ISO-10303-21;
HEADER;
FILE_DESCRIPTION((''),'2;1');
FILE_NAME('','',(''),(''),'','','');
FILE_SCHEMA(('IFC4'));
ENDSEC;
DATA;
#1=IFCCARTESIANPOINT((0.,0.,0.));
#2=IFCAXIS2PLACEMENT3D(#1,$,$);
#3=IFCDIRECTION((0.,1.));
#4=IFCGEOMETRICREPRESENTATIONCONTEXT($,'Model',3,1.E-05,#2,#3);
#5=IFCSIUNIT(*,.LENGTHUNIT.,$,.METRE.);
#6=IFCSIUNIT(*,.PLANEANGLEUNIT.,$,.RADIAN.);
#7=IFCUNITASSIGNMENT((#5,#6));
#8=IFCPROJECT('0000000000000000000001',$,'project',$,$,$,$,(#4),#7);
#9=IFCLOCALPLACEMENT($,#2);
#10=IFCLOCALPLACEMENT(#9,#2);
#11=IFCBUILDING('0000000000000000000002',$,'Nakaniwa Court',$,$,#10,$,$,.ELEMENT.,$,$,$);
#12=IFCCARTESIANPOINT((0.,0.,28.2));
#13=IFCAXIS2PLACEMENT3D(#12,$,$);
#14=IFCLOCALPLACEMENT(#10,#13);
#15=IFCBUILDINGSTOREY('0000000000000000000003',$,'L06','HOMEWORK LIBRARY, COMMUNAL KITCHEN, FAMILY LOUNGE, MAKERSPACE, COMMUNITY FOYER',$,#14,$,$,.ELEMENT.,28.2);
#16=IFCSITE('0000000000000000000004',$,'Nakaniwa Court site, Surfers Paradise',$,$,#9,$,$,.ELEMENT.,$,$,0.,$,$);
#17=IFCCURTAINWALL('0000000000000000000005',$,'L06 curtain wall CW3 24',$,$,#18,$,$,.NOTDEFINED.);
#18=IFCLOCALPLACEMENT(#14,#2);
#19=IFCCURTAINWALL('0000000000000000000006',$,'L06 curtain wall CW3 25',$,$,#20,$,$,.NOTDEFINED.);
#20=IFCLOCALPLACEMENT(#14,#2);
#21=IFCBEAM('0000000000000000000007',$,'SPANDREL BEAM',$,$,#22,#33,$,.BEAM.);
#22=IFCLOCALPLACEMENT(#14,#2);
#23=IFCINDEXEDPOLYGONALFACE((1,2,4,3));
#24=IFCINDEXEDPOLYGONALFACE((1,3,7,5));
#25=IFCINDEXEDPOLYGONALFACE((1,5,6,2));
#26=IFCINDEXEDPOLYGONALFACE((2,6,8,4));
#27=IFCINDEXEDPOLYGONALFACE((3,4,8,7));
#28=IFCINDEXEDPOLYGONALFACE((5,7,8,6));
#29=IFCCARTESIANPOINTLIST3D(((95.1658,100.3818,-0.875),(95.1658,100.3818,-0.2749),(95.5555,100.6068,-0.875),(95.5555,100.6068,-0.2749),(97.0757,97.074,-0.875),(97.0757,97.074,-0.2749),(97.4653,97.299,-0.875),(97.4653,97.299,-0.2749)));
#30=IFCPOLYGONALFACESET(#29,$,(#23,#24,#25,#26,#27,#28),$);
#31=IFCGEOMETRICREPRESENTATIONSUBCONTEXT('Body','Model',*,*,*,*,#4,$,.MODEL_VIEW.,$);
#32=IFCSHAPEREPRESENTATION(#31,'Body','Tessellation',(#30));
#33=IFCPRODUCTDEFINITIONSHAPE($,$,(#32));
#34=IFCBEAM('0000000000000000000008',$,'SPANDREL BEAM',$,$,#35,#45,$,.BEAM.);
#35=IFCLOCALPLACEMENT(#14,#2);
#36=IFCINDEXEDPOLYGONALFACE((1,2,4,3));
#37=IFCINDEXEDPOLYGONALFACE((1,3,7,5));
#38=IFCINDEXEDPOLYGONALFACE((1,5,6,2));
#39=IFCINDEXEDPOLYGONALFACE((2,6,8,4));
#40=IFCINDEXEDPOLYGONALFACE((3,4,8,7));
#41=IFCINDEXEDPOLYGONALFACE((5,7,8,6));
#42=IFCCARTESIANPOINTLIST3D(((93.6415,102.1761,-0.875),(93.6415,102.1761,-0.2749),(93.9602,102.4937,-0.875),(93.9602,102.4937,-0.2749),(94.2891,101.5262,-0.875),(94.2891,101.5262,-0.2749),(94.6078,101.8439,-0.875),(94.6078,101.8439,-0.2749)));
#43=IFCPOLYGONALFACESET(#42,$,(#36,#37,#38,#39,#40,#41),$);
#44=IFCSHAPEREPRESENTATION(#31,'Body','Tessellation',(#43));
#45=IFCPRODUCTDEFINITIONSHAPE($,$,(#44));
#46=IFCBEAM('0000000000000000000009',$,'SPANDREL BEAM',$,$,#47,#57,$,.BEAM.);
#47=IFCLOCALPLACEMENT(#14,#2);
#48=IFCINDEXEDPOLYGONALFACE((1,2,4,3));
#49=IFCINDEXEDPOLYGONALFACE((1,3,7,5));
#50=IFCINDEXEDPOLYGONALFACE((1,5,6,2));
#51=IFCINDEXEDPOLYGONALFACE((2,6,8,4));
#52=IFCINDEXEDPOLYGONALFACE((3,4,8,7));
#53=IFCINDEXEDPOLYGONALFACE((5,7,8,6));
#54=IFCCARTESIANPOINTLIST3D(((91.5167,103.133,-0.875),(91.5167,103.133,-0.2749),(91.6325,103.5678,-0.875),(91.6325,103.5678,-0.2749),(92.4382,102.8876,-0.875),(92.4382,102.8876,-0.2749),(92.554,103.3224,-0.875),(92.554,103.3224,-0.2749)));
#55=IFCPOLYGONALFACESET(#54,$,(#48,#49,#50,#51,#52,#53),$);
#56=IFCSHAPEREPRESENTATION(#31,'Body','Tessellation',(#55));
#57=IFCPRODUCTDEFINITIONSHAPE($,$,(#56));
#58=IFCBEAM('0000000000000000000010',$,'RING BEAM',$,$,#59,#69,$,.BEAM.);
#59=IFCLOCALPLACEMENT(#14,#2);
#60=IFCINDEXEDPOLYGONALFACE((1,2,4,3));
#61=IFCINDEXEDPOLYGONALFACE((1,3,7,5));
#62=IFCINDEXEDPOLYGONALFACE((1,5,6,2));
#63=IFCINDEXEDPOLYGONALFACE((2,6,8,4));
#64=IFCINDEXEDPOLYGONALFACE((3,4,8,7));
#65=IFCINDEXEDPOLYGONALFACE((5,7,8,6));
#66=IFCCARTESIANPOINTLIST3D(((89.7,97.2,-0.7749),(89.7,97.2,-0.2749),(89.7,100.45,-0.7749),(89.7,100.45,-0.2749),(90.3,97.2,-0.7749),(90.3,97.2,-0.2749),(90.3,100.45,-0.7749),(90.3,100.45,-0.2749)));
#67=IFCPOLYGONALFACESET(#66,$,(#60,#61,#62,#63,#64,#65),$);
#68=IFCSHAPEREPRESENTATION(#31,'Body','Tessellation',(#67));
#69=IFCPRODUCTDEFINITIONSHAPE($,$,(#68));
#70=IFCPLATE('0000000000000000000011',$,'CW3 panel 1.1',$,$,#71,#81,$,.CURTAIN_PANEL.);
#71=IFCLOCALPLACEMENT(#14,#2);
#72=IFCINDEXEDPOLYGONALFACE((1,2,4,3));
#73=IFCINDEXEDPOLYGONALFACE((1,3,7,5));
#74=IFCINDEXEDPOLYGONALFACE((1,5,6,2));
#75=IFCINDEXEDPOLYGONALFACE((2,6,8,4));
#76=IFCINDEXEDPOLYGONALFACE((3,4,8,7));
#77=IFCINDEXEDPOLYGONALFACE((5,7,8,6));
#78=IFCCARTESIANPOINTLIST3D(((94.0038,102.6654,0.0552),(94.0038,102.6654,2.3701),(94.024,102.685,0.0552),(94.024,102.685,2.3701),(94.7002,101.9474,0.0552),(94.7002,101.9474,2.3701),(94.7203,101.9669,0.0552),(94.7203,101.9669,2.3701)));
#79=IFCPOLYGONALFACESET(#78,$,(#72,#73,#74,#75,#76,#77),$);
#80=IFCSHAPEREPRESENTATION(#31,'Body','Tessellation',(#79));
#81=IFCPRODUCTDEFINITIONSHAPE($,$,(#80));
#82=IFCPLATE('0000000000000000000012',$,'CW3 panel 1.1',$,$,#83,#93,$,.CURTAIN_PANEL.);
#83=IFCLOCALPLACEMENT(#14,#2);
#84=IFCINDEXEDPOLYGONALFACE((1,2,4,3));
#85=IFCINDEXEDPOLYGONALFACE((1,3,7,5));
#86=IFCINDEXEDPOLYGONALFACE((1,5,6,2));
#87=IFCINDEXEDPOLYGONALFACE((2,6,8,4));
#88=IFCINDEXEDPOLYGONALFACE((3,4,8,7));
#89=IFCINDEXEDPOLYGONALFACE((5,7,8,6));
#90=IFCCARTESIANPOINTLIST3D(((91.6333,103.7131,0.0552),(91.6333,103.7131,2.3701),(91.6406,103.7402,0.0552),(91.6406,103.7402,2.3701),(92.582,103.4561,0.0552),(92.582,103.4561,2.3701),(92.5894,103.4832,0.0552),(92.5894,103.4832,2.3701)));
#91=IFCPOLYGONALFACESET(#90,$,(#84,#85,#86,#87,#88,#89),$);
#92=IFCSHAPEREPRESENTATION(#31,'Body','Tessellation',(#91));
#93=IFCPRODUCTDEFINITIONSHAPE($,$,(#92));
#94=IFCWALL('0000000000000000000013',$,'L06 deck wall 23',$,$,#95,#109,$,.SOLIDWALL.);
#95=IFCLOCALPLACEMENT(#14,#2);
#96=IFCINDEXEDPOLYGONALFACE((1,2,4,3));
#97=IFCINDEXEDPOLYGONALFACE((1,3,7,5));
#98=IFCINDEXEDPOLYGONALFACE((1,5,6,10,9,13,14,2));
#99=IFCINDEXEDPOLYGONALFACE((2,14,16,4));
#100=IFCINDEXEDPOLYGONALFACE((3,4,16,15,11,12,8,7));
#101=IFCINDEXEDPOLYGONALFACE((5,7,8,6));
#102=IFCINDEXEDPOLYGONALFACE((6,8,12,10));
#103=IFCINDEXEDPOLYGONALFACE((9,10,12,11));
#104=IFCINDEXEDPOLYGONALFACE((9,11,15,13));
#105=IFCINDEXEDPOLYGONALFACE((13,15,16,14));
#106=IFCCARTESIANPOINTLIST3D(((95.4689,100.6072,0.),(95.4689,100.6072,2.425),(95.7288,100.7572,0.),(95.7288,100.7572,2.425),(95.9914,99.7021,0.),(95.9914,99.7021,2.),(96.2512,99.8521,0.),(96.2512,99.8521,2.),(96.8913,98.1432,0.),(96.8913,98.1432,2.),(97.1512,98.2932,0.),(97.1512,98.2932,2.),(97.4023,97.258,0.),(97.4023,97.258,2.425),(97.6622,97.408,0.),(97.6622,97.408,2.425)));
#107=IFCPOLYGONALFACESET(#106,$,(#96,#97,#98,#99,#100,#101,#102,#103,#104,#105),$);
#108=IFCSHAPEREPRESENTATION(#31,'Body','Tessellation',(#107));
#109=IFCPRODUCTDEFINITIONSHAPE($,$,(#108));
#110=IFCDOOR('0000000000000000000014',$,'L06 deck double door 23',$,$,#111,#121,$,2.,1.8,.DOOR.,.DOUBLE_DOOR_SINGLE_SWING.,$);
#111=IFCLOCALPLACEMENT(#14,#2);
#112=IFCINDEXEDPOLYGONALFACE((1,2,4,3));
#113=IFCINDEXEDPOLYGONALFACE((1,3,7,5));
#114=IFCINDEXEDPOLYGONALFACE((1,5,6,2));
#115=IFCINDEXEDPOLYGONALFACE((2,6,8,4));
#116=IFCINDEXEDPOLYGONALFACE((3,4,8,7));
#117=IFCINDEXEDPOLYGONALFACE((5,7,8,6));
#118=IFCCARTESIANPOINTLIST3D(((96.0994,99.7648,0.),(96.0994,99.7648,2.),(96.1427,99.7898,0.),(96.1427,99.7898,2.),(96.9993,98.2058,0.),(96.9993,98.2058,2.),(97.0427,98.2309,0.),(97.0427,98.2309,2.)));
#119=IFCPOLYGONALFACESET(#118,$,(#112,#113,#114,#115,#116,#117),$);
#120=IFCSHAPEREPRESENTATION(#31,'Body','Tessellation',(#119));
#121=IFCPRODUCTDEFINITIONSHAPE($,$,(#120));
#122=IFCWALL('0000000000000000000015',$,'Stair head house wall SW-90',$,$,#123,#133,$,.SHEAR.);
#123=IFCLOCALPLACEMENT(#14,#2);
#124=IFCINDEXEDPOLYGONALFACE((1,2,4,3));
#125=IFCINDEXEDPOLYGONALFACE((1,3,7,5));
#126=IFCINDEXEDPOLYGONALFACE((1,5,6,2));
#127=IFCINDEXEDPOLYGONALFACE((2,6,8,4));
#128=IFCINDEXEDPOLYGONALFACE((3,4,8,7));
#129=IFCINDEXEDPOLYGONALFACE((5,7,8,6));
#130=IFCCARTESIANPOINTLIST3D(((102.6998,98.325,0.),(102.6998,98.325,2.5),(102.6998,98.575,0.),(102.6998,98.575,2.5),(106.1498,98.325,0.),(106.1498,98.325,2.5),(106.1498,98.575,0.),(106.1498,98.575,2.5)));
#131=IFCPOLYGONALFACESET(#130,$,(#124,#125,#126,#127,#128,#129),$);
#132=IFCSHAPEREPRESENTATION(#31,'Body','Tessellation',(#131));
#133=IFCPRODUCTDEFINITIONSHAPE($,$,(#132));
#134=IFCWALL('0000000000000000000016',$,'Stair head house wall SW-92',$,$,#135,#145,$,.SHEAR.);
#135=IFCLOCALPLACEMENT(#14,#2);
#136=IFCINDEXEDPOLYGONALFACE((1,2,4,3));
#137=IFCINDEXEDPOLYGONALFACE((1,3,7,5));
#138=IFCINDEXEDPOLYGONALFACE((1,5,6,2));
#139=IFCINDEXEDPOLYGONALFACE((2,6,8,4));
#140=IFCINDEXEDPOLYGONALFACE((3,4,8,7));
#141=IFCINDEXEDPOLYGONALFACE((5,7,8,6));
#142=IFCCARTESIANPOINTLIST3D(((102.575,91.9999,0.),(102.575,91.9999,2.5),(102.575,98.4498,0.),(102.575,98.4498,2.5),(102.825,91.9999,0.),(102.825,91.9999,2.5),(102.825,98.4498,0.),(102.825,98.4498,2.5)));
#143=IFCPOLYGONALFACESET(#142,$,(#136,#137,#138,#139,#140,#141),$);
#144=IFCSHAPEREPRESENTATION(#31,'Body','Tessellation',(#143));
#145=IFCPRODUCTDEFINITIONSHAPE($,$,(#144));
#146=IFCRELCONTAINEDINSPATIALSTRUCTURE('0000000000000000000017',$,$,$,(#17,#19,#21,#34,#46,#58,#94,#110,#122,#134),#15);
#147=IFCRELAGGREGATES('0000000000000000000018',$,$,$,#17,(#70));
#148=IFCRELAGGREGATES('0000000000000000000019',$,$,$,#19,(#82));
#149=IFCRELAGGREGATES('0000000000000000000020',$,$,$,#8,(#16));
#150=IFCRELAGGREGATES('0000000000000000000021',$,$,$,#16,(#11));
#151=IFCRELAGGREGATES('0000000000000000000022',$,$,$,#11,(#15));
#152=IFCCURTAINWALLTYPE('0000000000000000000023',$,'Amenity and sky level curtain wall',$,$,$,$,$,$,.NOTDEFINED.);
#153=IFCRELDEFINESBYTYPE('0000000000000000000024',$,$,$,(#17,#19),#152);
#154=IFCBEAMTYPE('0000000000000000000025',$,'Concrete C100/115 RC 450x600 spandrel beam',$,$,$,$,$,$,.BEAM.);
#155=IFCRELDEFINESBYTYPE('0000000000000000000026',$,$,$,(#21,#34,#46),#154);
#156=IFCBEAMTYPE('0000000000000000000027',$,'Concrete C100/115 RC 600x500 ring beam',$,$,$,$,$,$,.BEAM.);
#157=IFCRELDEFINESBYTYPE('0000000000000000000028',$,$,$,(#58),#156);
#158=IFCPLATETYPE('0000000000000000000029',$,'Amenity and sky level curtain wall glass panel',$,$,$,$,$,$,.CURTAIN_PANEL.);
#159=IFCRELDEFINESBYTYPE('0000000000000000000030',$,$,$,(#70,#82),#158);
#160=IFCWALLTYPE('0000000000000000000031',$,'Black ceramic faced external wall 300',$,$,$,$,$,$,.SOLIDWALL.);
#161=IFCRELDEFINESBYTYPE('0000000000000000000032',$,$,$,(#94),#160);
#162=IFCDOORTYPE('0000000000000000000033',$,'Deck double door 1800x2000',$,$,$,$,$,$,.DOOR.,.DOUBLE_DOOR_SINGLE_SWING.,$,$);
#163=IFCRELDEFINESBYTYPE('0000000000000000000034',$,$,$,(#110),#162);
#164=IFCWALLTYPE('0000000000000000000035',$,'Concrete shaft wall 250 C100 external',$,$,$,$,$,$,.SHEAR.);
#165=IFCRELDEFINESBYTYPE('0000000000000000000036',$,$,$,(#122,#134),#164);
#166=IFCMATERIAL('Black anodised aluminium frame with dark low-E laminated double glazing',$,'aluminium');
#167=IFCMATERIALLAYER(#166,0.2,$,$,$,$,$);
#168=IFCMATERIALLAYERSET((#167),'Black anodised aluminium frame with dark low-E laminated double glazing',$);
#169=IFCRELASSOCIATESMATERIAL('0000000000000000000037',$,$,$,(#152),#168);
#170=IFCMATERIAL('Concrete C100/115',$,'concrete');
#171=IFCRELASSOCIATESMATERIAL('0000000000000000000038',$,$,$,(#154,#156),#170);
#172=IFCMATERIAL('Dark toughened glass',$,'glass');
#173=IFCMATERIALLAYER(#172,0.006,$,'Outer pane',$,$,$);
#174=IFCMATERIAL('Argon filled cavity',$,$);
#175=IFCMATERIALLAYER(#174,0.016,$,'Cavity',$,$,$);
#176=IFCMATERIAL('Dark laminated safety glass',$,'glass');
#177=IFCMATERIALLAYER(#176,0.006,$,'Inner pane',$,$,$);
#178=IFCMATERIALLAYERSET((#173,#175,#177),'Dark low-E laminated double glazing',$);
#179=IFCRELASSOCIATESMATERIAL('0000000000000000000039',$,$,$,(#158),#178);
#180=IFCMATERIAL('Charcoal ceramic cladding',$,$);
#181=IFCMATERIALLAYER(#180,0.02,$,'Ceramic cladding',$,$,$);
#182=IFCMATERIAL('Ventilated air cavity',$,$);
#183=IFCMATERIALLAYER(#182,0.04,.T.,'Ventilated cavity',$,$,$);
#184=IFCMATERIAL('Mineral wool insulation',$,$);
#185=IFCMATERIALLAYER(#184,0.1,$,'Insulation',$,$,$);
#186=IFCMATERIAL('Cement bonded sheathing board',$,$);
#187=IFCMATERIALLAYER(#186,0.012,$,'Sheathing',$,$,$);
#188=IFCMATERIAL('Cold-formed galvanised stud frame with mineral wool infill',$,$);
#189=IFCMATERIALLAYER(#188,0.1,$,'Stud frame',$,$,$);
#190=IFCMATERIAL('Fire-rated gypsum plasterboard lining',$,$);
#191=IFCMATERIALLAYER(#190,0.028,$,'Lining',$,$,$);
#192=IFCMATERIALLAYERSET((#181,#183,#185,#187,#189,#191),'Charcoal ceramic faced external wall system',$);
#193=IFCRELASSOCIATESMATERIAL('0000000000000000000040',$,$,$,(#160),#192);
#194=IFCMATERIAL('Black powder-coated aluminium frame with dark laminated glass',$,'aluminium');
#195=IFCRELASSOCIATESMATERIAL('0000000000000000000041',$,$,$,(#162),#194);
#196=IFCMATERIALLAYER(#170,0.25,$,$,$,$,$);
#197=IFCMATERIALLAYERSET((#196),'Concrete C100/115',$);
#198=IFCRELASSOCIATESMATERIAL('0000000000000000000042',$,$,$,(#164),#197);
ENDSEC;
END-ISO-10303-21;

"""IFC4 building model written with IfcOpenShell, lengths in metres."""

from ifc_helpers import new_model, si_unit, direction, frame, frame_2d, origin, origin_2d, place, context, subcontext, project, spatial, rectangle, extrude, material, layer, layer_set, material_profile, profile_set, type_object, element, fill, aggregate, save


model = new_model("IFC4")

# Units and contexts
model_context = context("Model", 3, precision=1e-05, world=origin(), true_north=direction((0.0, 1.0)))
body_context = subcontext(model_context, "Body", "Model", "MODEL_VIEW")
ifc_project = project(units=[si_unit("LENGTHUNIT", "METRE"), si_unit("PLANEANGLEUNIT", "RADIAN")], contexts=[model_context])

# Site, building, storey
site_placement = place(None, origin())
site = spatial("IfcSite", under=ifc_project, at=site_placement, Name="Nakaniwa Court site, Surfers Paradise", CompositionType="ELEMENT", RefElevation=0.0)
building_placement = place(site_placement, origin())
building = spatial("IfcBuilding", under=site, at=building_placement, Name="Nakaniwa Court", CompositionType="ELEMENT")
storey_placement = place(building_placement, frame((0.0, 0.0, 28.2)))
storey = spatial("IfcBuildingStorey", under=building, at=storey_placement, Name="L06", Description="HOMEWORK LIBRARY, COMMUNAL KITCHEN, FAMILY LOUNGE, MAKERSPACE, COMMUNITY FOYER", CompositionType="ELEMENT", Elevation=28.2)

# Shared definitions
ifc_material_1 = material(Name="Concrete C100/115", Category="concrete")

# Curtain walls
ifc_material_2 = material(Name="Black anodised aluminium frame with dark low-E laminated double glazing", Category="aluminium")
ifc_layer_1 = layer(ifc_material_2, 0.2)
ifc_layer_set_1 = layer_set([ifc_layer_1], Name="Black anodised aluminium frame with dark low-E laminated double glazing")
curtain_wall_type = type_object("IfcCurtainWallType", Name="Amenity and sky level curtain wall", PredefinedType="NOTDEFINED", material=ifc_layer_set_1)
curtain_wall_1_placement = place(storey_placement, origin())
curtain_wall_1 = element("IfcCurtainWall", 1, at=curtain_wall_1_placement, inside=storey, type_object=curtain_wall_type, Name="L06 curtain wall CW3 24", PredefinedType="NOTDEFINED")
curtain_wall_2_placement = place(storey_placement, origin())
curtain_wall_2 = element("IfcCurtainWall", 2, at=curtain_wall_2_placement, inside=storey, type_object=curtain_wall_type, Name="L06 curtain wall CW3 25", PredefinedType="NOTDEFINED")

# Beams
ifc_material_profile_1 = material_profile(ifc_material_1, rectangle(XDim=0.45, YDim=0.6001, at=origin_2d()), Name="Concrete C100/115 RC 450x600 spandrel beam")
ifc_profile_set_1 = profile_set([ifc_material_profile_1], Name="Concrete C100/115")
beam_type_1 = type_object("IfcBeamType", Name="Concrete C100/115 RC 450x600 spandrel beam", PredefinedType="BEAM", material=ifc_profile_set_1)
beam_1_placement = place(storey_placement, frame((97.2705, 97.1865, -0.575), z_axis=(-0.500023, 0.866012, 0.0), x_axis=(-0.866012, -0.500023, 0.0)))
element("IfcBeam", 3, at=beam_1_placement, inside=storey, type_object=beam_type_1, Name="SPANDREL BEAM", PredefinedType="BEAM", context=body_context, shape_type="SweptSolid", body=[
    extrude(rectangle(XDim=0.45, YDim=0.6001, at=origin_2d()), origin(), (0.0, 0.0, 1.0), 3.8196),
])
beam_2_placement = place(storey_placement, frame((94.4485, 101.6851, -0.575), z_axis=(-0.705908, 0.708303, 0.0), x_axis=(-0.708303, -0.705908, 0.0)))
element("IfcBeam", 4, at=beam_2_placement, inside=storey, type_object=beam_type_1, Name="SPANDREL BEAM", PredefinedType="BEAM", context=body_context, shape_type="SweptSolid", body=[
    extrude(rectangle(XDim=0.45, YDim=0.6001, at=origin_2d()), origin(), (0.0, 0.0, 1.0), 0.9175),
])
beam_3_placement = place(storey_placement, frame((92.4961, 103.105, -0.575), z_axis=(-0.966324, 0.257328, 0.0), x_axis=(-0.257328, -0.966324, 0.0)))
element("IfcBeam", 5, at=beam_3_placement, inside=storey, type_object=beam_type_1, Name="SPANDREL BEAM", PredefinedType="BEAM", context=body_context, shape_type="SweptSolid", body=[
    extrude(rectangle(XDim=0.45, YDim=0.6001, at=origin_2d()), origin(), (0.0, 0.0, 1.0), 0.9536),
])
ifc_material_profile_2 = material_profile(ifc_material_1, rectangle(XDim=0.6001, YDim=0.5, at=origin_2d()), Name="Concrete C100/115 RC 600x500 ring beam")
ifc_profile_set_2 = profile_set([ifc_material_profile_2], Name="Concrete C100/115")
beam_type_2 = type_object("IfcBeamType", Name="Concrete C100/115 RC 600x500 ring beam", PredefinedType="BEAM", material=ifc_profile_set_2)
beam_4_placement = place(storey_placement, frame((90.0, 97.2, -0.5249), z_axis=(0.0, 1.0, 0.0), x_axis=(-1.0, 0.0, 0.0)))
element("IfcBeam", 6, at=beam_4_placement, inside=storey, type_object=beam_type_2, Name="RING BEAM", PredefinedType="BEAM", context=body_context, shape_type="SweptSolid", body=[
    extrude(rectangle(XDim=0.6001, YDim=0.5, at=origin_2d()), origin(), (0.0, 0.0, 1.0), 3.25),
])

# Plates
ifc_material_3 = material(Name="Dark toughened glass", Category="glass")
ifc_layer_2 = layer(ifc_material_3, 0.006, Name="Outer pane")
ifc_material_4 = material(Name="Argon filled cavity")
ifc_layer_3 = layer(ifc_material_4, 0.016, Name="Cavity")
ifc_material_5 = material(Name="Dark laminated safety glass", Category="glass")
ifc_layer_4 = layer(ifc_material_5, 0.006, Name="Inner pane")
ifc_layer_set_2 = layer_set([ifc_layer_2, ifc_layer_3, ifc_layer_4], Name="Dark low-E laminated double glazing")
plate_type = type_object("IfcPlateType", Name="Amenity and sky level curtain wall glass panel", PredefinedType="CURTAIN_PANEL", material=ifc_layer_set_2)
plate_1_placement = place(storey_placement, frame((94.3621, 102.3162, 0.0552), z_axis=(0.0, 0.0, 1.0), x_axis=(-0.696171, 0.717876, 0.0)))
plate_1 = element("IfcPlate", 7, at=plate_1_placement, type_object=plate_type, Name="CW3 panel 1.1", PredefinedType="CURTAIN_PANEL", context=body_context, shape_type="SweptSolid", body=[
    extrude(rectangle(XDim=1.0002, YDim=0.0281, at=origin_2d()), origin(), (0.0, 0.0, 1.0), 2.3149),
])
aggregate(curtain_wall_1, [plate_1])
plate_2_placement = place(storey_placement, frame((92.1113, 103.5981, 0.0552), z_axis=(0.0, 0.0, 1.0), x_axis=(-0.965221, 0.261437, 0.0)))
plate_2 = element("IfcPlate", 8, at=plate_2_placement, type_object=plate_type, Name="CW3 panel 1.1", PredefinedType="CURTAIN_PANEL", context=body_context, shape_type="SweptSolid", body=[
    extrude(rectangle(XDim=0.9829, YDim=0.0281, at=origin_2d()), origin(), (0.0, 0.0, 1.0), 2.3149),
])
aggregate(curtain_wall_2, [plate_2])

# Wall, opening, door
ifc_material_6 = material(Name="Charcoal ceramic cladding")
ifc_layer_5 = layer(ifc_material_6, 0.02, Name="Ceramic cladding")
ifc_material_7 = material(Name="Ventilated air cavity")
ifc_layer_6 = layer(ifc_material_7, 0.04, ventilated=True, Name="Ventilated cavity")
ifc_material_8 = material(Name="Mineral wool insulation")
ifc_layer_7 = layer(ifc_material_8, 0.1, Name="Insulation")
ifc_material_9 = material(Name="Cement bonded sheathing board")
ifc_layer_8 = layer(ifc_material_9, 0.012, Name="Sheathing")
ifc_material_10 = material(Name="Cold-formed galvanised stud frame with mineral wool infill")
ifc_layer_9 = layer(ifc_material_10, 0.1, Name="Stud frame")
ifc_material_11 = material(Name="Fire-rated gypsum plasterboard lining")
ifc_layer_10 = layer(ifc_material_11, 0.028, Name="Lining")
ifc_layer_set_3 = layer_set([ifc_layer_5, ifc_layer_6, ifc_layer_7, ifc_layer_8, ifc_layer_9, ifc_layer_10], Name="Charcoal ceramic faced external wall system")
wall_type_1 = type_object("IfcWallType", Name="Black ceramic faced external wall 300", PredefinedType="SOLIDWALL", material=ifc_layer_set_3)
wall_1_placement = place(storey_placement, frame((97.5322, 97.333, 0.0), z_axis=(0.0, 0.0, 1.0), x_axis=(-0.499948, 0.866055, 0.0)))
wall_1 = element("IfcWall", 9, at=wall_1_placement, inside=storey, type_object=wall_type_1, Name="L06 deck wall 23", PredefinedType="SOLIDWALL", context=body_context, shape_type="SweptSolid", body=[
    extrude(rectangle(XDim=3.8672, YDim=0.3, at=frame_2d((1.9336, 0.0))), origin(), (0.0, 0.0, 1.0), 2.425),
])
opening_placement = place(wall_1_placement, frame((1.0222, 0.0, 0.0)))
opening = element("IfcOpeningElement", 10, at=opening_placement, cuts=wall_1, PredefinedType="OPENING", context=body_context, shape_type="SweptSolid", body=[
    extrude(rectangle(XDim=1.8, YDim=2.0, at=frame_2d((0.8999, 1.0))), frame((0.0, 0.1599, 0.0), z_axis=(0.0, -1.0, 0.0), x_axis=(1.0, 0.0, 0.0)), (0.0, 0.0, 1.0), 0.3201),
])
ifc_material_12 = material(Name="Black powder-coated aluminium frame with dark laminated glass", Category="aluminium")
door_type = type_object("IfcDoorType", Name="Deck double door 1800x2000", OperationType="DOUBLE_DOOR_SINGLE_SWING", PredefinedType="DOOR", material=ifc_material_12)
door_placement = place(opening_placement, frame((1.8, 0.0, 0.0), z_axis=(0.0, 0.0, 1.0), x_axis=(-1.0, 0.0, 0.0)))
door = element("IfcDoor", 11, at=door_placement, inside=storey, type_object=door_type, Name="L06 deck double door 23", OperationType="DOUBLE_DOOR_SINGLE_SWING", OverallHeight=2.0, OverallWidth=1.8, PredefinedType="DOOR", context=body_context, shape_type="SweptSolid", body=[
    extrude(rectangle(XDim=1.8, YDim=2.0, at=frame_2d((0.8999, 1.0))), frame((0.0, 0.0249, 0.0), z_axis=(0.0, -1.0, 0.0), x_axis=(1.0, 0.0, 0.0)), (0.0, 0.0, 1.0), 0.05),
])
fill(opening, door)

# Walls
ifc_layer_11 = layer(ifc_material_1, 0.25)
ifc_layer_set_4 = layer_set([ifc_layer_11], Name="Concrete C100/115")
wall_type_2 = type_object("IfcWallType", Name="Concrete shaft wall 250 C100 external", PredefinedType="SHEAR", material=ifc_layer_set_4)
wall_2_placement = place(storey_placement, frame((106.1499, 98.45, 0.0), z_axis=(0.0, 0.0, 1.0), x_axis=(-1.0, 0.0, 0.0)))
element("IfcWall", 12, at=wall_2_placement, inside=storey, type_object=wall_type_2, Name="Stair head house wall SW-90", PredefinedType="SHEAR", context=body_context, shape_type="SweptSolid", body=[
    extrude(rectangle(XDim=3.45, YDim=0.25, at=frame_2d((1.7251, 0.0))), origin(), (0.0, 0.0, 1.0), 2.5),
])
wall_3_placement = place(storey_placement, frame((102.7, 98.45, 0.0), z_axis=(0.0, 0.0, 1.0), x_axis=(0.0, -1.0, 0.0)))
element("IfcWall", 13, at=wall_3_placement, inside=storey, type_object=wall_type_2, Name="Stair head house wall SW-92", PredefinedType="SHEAR", context=body_context, shape_type="SweptSolid", body=[
    extrude(rectangle(XDim=6.45, YDim=0.25, at=frame_2d((3.2251, 0.0))), origin(), (0.0, 0.0, 1.0), 2.5),
])

save(model, "model.ifc")
